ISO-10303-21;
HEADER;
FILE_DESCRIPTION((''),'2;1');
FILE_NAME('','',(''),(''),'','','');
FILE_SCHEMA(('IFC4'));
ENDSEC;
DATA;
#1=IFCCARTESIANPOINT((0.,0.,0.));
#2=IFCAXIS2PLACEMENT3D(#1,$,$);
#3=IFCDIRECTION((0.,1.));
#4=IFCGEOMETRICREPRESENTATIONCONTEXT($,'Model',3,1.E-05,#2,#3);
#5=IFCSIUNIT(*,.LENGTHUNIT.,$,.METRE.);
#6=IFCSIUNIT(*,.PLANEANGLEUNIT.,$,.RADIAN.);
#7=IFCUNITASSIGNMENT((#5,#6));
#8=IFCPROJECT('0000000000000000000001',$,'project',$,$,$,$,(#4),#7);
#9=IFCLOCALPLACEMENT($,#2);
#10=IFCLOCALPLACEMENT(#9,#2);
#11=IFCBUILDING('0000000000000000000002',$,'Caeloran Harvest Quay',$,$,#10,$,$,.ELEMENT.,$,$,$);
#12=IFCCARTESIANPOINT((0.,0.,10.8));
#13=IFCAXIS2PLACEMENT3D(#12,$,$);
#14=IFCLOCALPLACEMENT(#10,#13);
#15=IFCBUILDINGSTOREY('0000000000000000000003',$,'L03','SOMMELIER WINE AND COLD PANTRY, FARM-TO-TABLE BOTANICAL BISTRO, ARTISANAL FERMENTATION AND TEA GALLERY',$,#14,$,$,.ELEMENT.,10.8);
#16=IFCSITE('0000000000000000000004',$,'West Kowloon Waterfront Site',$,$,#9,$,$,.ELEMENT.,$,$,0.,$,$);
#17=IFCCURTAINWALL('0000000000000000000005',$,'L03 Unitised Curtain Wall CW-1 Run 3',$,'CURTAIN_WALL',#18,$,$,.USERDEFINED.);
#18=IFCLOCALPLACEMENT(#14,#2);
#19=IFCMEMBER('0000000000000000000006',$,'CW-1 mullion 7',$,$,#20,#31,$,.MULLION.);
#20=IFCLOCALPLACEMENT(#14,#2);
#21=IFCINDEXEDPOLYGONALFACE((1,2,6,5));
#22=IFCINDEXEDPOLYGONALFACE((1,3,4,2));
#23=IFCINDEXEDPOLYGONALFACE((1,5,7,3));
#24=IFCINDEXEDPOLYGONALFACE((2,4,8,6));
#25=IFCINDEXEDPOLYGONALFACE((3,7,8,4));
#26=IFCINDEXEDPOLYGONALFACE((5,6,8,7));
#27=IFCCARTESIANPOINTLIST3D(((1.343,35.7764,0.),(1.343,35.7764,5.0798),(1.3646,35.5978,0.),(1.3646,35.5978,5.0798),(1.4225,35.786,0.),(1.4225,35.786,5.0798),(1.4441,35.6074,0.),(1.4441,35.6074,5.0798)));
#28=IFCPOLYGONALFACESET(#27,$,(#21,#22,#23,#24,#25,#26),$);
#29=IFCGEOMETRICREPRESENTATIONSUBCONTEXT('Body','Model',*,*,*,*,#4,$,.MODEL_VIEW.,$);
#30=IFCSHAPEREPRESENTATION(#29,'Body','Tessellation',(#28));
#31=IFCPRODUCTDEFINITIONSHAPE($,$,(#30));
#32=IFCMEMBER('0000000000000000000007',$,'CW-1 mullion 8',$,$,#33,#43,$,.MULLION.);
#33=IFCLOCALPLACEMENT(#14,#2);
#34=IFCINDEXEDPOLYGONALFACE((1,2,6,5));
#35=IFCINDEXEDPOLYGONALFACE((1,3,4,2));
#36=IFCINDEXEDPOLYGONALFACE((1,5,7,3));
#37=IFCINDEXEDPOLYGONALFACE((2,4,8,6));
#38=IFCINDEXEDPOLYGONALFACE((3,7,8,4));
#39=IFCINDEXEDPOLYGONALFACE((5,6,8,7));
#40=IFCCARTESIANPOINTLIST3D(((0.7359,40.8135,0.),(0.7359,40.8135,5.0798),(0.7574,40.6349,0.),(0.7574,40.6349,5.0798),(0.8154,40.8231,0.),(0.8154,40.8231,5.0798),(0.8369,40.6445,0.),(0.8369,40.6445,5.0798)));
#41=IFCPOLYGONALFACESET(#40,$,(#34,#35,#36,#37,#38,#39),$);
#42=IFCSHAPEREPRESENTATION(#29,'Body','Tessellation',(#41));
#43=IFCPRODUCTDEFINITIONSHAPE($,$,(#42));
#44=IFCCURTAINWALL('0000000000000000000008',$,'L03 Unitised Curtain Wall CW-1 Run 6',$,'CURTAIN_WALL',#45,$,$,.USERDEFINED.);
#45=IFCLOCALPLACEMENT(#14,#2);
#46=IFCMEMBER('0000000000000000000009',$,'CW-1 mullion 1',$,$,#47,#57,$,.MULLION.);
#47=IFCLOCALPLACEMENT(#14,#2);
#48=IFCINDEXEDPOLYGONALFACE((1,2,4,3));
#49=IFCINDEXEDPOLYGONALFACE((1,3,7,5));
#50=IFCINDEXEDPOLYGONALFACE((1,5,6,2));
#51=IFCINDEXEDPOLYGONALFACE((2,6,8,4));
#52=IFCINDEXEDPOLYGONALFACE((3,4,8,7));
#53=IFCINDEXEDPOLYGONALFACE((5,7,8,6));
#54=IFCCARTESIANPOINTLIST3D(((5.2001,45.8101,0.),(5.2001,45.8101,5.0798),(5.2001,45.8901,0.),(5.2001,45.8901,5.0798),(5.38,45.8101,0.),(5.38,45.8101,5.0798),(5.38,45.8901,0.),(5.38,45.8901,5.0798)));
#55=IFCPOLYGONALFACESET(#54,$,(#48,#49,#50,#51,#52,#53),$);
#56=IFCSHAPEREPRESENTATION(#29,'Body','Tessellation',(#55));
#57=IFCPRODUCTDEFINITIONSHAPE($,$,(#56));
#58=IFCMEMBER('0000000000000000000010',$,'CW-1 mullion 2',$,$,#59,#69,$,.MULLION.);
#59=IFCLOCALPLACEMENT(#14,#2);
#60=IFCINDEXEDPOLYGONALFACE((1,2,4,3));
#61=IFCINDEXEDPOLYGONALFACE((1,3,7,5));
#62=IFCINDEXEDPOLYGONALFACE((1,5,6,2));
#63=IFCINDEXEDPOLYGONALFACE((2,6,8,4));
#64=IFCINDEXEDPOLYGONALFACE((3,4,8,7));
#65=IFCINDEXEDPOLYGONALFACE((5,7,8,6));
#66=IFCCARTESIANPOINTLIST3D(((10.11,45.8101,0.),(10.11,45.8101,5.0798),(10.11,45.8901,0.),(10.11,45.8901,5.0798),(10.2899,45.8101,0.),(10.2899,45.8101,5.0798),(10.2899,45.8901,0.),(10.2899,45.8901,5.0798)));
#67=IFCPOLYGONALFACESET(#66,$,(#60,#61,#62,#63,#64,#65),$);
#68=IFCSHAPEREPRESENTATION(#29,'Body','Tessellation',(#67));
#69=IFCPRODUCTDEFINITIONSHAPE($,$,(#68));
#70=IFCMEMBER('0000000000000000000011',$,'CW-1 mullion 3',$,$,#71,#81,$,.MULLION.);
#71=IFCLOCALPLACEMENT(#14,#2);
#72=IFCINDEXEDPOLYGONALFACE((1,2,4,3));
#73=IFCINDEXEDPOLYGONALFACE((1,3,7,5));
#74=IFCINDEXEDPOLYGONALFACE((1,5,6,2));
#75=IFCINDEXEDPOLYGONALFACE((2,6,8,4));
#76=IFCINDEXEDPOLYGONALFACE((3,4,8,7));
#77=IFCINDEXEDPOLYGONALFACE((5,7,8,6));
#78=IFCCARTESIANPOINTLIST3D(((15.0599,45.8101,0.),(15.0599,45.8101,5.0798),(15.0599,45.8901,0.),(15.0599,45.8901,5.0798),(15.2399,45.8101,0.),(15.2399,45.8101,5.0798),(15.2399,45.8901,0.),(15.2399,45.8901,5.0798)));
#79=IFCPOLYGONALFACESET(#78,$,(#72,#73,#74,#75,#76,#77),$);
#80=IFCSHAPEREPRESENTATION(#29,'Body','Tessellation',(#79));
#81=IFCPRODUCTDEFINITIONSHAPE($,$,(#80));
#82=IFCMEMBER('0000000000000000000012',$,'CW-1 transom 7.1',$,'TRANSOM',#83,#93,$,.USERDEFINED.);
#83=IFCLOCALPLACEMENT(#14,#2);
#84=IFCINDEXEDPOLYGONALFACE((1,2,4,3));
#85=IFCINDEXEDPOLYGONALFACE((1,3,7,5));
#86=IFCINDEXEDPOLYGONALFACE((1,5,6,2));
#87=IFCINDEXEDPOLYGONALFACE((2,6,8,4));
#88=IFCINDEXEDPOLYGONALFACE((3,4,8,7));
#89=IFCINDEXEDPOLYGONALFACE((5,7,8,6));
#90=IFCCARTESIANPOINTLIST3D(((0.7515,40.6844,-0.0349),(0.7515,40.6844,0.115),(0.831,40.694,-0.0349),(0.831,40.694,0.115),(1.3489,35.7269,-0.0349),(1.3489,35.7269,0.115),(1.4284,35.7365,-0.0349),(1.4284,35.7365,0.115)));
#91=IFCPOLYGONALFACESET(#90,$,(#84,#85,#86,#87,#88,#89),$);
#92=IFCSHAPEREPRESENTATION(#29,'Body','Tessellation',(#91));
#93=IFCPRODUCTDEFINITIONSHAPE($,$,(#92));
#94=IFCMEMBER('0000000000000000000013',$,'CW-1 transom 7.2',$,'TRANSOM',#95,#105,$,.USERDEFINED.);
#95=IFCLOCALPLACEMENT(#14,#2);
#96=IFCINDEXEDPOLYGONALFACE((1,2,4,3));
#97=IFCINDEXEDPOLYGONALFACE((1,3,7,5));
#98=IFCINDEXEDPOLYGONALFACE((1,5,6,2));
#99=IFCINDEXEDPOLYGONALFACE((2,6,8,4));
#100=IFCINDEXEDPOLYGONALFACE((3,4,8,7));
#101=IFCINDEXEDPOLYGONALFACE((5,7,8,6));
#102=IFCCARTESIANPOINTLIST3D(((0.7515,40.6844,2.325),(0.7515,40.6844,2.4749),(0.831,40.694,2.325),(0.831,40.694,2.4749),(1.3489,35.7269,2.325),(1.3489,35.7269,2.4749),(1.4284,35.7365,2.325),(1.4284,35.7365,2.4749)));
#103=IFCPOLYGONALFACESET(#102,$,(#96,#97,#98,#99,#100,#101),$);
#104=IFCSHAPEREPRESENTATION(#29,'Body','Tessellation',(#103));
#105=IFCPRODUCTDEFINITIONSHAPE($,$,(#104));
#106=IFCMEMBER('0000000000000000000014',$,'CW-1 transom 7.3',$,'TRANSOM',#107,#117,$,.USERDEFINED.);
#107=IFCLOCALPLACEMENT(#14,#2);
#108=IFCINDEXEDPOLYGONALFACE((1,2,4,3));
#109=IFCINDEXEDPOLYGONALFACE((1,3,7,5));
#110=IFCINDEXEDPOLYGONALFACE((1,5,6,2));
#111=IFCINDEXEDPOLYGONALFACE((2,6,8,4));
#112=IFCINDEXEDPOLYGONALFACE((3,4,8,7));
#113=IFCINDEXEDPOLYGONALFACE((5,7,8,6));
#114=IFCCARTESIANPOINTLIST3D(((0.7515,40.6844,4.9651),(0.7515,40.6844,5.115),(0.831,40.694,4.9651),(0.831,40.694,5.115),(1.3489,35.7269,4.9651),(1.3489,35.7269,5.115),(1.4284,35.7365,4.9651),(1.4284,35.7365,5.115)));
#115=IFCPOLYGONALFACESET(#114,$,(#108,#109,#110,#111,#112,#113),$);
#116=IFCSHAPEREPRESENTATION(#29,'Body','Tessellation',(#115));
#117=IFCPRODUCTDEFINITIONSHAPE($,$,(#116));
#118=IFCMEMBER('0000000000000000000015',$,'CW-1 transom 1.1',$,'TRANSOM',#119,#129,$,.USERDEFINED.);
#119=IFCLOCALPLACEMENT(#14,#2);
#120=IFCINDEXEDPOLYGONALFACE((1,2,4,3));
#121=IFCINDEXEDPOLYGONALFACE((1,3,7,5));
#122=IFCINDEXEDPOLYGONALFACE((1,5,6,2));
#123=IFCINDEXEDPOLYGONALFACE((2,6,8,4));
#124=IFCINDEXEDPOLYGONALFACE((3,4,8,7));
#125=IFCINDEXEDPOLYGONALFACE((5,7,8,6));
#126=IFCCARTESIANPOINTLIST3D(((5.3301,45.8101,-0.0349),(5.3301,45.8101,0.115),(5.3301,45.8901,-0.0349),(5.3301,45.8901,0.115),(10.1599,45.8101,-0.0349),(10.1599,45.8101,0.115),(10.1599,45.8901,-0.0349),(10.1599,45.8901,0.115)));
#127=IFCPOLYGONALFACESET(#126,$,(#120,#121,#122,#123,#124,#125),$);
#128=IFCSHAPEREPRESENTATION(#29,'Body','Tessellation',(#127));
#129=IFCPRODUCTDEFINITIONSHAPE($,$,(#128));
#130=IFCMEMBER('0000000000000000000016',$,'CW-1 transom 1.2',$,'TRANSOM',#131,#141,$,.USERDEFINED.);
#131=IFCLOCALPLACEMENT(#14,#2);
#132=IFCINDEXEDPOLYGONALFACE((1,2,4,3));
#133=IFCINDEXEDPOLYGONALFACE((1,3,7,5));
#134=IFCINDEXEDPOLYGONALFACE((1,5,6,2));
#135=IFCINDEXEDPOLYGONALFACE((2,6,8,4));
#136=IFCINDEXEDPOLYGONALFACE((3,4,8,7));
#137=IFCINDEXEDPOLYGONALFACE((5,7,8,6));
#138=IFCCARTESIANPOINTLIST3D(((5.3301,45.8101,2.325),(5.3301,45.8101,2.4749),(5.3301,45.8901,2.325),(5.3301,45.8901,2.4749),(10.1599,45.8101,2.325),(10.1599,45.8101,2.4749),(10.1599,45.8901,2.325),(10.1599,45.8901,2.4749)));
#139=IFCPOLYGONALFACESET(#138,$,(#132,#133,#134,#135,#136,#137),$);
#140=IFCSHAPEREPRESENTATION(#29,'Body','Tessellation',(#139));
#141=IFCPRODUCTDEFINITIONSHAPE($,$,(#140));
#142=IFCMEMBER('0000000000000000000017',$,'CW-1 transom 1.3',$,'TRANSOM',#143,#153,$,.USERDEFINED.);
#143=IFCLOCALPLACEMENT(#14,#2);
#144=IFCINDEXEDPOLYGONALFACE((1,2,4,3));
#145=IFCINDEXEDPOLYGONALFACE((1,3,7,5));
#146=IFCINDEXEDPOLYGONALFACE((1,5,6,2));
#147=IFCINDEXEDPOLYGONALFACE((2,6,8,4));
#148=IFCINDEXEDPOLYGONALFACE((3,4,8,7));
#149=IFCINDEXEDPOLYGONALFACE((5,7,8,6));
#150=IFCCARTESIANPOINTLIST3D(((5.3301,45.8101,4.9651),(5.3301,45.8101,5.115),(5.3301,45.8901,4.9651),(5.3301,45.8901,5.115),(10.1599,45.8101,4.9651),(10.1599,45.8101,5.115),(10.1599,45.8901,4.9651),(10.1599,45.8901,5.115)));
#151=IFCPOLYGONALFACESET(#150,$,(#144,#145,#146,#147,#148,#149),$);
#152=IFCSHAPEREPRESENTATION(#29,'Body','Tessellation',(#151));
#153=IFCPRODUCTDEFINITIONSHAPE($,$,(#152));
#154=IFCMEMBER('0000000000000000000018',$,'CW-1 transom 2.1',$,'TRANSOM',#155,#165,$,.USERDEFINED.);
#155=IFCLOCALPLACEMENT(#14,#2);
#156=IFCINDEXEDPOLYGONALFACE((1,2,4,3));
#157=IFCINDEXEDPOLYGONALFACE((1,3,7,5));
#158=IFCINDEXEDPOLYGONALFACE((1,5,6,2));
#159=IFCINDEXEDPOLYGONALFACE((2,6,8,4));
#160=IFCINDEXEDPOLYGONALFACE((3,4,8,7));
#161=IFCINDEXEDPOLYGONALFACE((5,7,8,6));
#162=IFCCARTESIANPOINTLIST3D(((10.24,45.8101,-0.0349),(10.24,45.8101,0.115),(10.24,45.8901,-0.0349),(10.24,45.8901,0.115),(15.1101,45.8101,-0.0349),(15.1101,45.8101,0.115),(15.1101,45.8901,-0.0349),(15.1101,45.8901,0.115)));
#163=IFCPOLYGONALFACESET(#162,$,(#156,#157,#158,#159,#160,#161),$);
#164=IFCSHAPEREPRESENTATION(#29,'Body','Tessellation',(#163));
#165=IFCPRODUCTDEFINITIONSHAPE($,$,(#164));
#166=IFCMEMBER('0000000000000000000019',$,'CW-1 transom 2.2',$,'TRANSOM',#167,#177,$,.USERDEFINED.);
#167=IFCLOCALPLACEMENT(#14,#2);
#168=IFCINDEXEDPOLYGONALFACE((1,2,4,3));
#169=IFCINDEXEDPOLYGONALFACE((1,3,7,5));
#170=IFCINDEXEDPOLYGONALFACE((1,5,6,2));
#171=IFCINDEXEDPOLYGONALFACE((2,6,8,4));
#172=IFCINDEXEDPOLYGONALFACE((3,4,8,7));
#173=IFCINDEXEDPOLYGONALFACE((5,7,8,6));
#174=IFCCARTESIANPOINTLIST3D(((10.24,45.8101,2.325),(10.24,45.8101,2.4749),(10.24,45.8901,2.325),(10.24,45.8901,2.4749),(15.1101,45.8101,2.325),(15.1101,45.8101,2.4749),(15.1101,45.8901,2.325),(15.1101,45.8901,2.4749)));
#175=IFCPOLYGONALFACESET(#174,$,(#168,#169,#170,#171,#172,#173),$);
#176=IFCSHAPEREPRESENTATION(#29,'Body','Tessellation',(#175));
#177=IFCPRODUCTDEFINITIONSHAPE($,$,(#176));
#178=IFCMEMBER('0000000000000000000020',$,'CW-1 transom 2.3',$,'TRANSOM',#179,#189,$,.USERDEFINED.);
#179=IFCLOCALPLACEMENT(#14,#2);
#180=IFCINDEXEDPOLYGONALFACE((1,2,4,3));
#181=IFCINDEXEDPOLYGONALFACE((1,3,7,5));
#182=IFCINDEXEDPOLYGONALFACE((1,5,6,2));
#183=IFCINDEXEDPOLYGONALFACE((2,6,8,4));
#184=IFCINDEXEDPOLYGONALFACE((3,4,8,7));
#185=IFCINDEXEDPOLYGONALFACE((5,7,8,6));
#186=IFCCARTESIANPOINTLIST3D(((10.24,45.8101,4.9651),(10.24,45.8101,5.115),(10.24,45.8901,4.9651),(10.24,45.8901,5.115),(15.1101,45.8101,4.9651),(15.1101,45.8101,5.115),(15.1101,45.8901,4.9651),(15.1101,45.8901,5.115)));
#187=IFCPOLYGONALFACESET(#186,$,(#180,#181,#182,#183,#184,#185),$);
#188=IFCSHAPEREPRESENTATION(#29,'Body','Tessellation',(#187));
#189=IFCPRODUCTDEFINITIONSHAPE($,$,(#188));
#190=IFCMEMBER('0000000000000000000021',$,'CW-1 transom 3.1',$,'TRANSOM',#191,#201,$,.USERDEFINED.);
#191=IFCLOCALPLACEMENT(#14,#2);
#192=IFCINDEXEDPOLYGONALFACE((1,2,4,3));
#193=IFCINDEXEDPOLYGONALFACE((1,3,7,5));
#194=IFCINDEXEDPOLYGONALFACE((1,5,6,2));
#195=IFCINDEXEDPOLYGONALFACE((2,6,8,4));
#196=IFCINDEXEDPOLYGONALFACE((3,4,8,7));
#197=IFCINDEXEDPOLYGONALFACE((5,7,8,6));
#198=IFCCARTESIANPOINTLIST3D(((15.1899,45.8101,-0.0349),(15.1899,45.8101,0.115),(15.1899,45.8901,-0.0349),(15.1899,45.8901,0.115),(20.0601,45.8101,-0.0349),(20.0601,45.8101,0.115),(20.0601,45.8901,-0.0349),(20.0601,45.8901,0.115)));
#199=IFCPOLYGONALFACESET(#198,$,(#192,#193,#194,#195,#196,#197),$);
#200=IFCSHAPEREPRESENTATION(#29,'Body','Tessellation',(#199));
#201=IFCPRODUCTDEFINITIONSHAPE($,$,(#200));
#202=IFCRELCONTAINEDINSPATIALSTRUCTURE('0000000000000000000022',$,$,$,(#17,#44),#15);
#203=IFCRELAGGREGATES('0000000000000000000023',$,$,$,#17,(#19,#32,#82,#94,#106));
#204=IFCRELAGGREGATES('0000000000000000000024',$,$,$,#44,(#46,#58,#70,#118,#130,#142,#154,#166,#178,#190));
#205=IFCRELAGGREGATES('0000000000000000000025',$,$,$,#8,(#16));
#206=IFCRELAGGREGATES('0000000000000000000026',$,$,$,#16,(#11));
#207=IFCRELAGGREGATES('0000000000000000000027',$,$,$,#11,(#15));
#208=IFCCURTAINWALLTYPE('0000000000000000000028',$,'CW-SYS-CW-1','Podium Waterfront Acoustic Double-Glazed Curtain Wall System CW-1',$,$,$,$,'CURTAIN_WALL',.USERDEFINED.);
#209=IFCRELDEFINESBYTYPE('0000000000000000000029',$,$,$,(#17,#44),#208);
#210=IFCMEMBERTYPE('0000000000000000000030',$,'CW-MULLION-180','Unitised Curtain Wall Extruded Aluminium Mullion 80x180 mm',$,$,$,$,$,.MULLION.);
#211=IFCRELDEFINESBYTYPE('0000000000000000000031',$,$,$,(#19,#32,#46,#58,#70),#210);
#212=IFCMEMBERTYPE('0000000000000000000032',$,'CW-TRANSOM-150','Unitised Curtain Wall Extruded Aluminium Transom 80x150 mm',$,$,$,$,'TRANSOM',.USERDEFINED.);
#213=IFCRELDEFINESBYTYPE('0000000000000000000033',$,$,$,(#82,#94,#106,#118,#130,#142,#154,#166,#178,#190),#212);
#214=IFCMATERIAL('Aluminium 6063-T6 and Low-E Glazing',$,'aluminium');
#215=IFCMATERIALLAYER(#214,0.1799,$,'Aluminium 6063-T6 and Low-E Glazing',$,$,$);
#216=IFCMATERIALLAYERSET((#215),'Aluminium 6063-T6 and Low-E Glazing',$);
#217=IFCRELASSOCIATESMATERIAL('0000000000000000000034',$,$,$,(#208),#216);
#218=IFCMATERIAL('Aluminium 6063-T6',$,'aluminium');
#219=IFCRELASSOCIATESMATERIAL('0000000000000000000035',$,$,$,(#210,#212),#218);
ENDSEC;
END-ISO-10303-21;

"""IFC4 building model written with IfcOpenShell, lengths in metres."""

from ifc_helpers import new_model, si_unit, direction, frame, origin, origin_2d, place, context, subcontext, project, spatial, rectangle, extrude, material, layer, layer_set, material_profile, profile_set, type_object, element, aggregate, save


model = new_model("IFC4")

# Units and contexts
model_context = context("Model", 3, precision=1e-05, world=origin(), true_north=direction((0.0, 1.0)))
body_context = subcontext(model_context, "Body", "Model", "MODEL_VIEW")
ifc_project = project(units=[si_unit("LENGTHUNIT", "METRE"), si_unit("PLANEANGLEUNIT", "RADIAN")], contexts=[model_context])

# Site, building, storey
site_placement = place(None, origin())
site = spatial("IfcSite", under=ifc_project, at=site_placement, Name="West Kowloon Waterfront Site", CompositionType="ELEMENT", RefElevation=0.0)
building_placement = place(site_placement, origin())
building = spatial("IfcBuilding", under=site, at=building_placement, Name="Caeloran Harvest Quay", CompositionType="ELEMENT")
storey_placement = place(building_placement, frame((0.0, 0.0, 10.8)))
storey = spatial("IfcBuildingStorey", under=building, at=storey_placement, Name="L03", Description="SOMMELIER WINE AND COLD PANTRY, FARM-TO-TABLE BOTANICAL BISTRO, ARTISANAL FERMENTATION AND TEA GALLERY", CompositionType="ELEMENT", Elevation=10.8)

# Curtain walls, members
ifc_material_1 = material(Name="Aluminium 6063-T6 and Low-E Glazing", Category="aluminium")
ifc_layer_1 = layer(ifc_material_1, 0.1799, Name="Aluminium 6063-T6 and Low-E Glazing")
ifc_layer_set_1 = layer_set([ifc_layer_1], Name="Aluminium 6063-T6 and Low-E Glazing")
curtain_wall_type = type_object("IfcCurtainWallType", Name="CW-SYS-CW-1", Description="Podium Waterfront Acoustic Double-Glazed Curtain Wall System CW-1", ElementType="CURTAIN_WALL", PredefinedType="USERDEFINED", material=ifc_layer_set_1)
curtain_wall_1_placement = place(storey_placement, origin())
curtain_wall_1 = element("IfcCurtainWall", 1, at=curtain_wall_1_placement, inside=storey, type_object=curtain_wall_type, Name="L03 Unitised Curtain Wall CW-1 Run 3", ObjectType="CURTAIN_WALL", PredefinedType="USERDEFINED")
ifc_material_2 = material(Name="Aluminium 6063-T6", Category="aluminium")
ifc_material_profile_1 = material_profile(ifc_material_2, rectangle(XDim=0.0801, YDim=0.1799, at=origin_2d()), Name="CW-MULLION-180")
ifc_profile_set_1 = profile_set([ifc_material_profile_1], Name="Aluminium 6063-T6")
member_type_1 = type_object("IfcMemberType", Name="CW-MULLION-180", Description="Unitised Curtain Wall Extruded Aluminium Mullion 80x180 mm", PredefinedType="MULLION", material=ifc_profile_set_1)
member_1_placement = place(storey_placement, frame((1.3936, 35.6919, 0.0), z_axis=(0.0, 0.0, 1.0), x_axis=(-0.992816, -0.119655, 0.0)))
member_1 = element("IfcMember", 2, at=member_1_placement, type_object=member_type_1, Name="CW-1 mullion 7", PredefinedType="MULLION", context=body_context, shape_type="SweptSolid", body=[
    extrude(rectangle(XDim=0.0801, YDim=0.1799, at=origin_2d()), origin(), (0.0, 0.0, 1.0), 5.0798),
])
member_2_placement = place(storey_placement, frame((0.7864, 40.729, 0.0), z_axis=(0.0, 0.0, 1.0), x_axis=(-0.992816, -0.119655, 0.0)))
member_2 = element("IfcMember", 3, at=member_2_placement, type_object=member_type_1, Name="CW-1 mullion 8", PredefinedType="MULLION", context=body_context, shape_type="SweptSolid", body=[
    extrude(rectangle(XDim=0.0801, YDim=0.1799, at=origin_2d()), origin(), (0.0, 0.0, 1.0), 5.0798),
])
curtain_wall_2_placement = place(storey_placement, origin())
curtain_wall_2 = element("IfcCurtainWall", 4, at=curtain_wall_2_placement, inside=storey, type_object=curtain_wall_type, Name="L03 Unitised Curtain Wall CW-1 Run 6", ObjectType="CURTAIN_WALL", PredefinedType="USERDEFINED")
member_3_placement = place(storey_placement, frame((5.29, 45.8501, 0.0), z_axis=(0.0, 0.0, 1.0), x_axis=(0.0, 1.0, 0.0)))
member_3 = element("IfcMember", 5, at=member_3_placement, type_object=member_type_1, Name="CW-1 mullion 1", PredefinedType="MULLION", context=body_context, shape_type="SweptSolid", body=[
    extrude(rectangle(XDim=0.0801, YDim=0.1799, at=origin_2d()), origin(), (0.0, 0.0, 1.0), 5.0798),
])
member_4_placement = place(storey_placement, frame((10.2, 45.8501, 0.0), z_axis=(0.0, 0.0, 1.0), x_axis=(0.0, 1.0, 0.0)))
member_4 = element("IfcMember", 6, at=member_4_placement, type_object=member_type_1, Name="CW-1 mullion 2", PredefinedType="MULLION", context=body_context, shape_type="SweptSolid", body=[
    extrude(rectangle(XDim=0.0801, YDim=0.1799, at=origin_2d()), origin(), (0.0, 0.0, 1.0), 5.0798),
])
member_5_placement = place(storey_placement, frame((15.1499, 45.8501, 0.0), z_axis=(0.0, 0.0, 1.0), x_axis=(0.0, 1.0, 0.0)))
member_5 = element("IfcMember", 7, at=member_5_placement, type_object=member_type_1, Name="CW-1 mullion 3", PredefinedType="MULLION", context=body_context, shape_type="SweptSolid", body=[
    extrude(rectangle(XDim=0.0801, YDim=0.1799, at=origin_2d()), origin(), (0.0, 0.0, 1.0), 5.0798),
])

# Members
ifc_material_profile_2 = material_profile(ifc_material_2, rectangle(XDim=0.0801, YDim=0.1499, at=origin_2d()), Name="CW-TRANSOM-150")
ifc_profile_set_2 = profile_set([ifc_material_profile_2], Name="Aluminium 6063-T6")
member_type_2 = type_object("IfcMemberType", Name="CW-TRANSOM-150", Description="Unitised Curtain Wall Extruded Aluminium Transom 80x150 mm", ElementType="TRANSOM", PredefinedType="USERDEFINED", material=ifc_profile_set_2)
member_6_placement = place(storey_placement, frame((1.3887, 35.7317, 0.04), z_axis=(-0.119641, 0.992817, 0.0), x_axis=(-0.992817, -0.119641, 0.0)))
member_6 = element("IfcMember", 8, at=member_6_placement, type_object=member_type_2, Name="CW-1 transom 7.1", ObjectType="TRANSOM", PredefinedType="USERDEFINED", context=body_context, shape_type="SweptSolid", body=[
    extrude(rectangle(XDim=0.0801, YDim=0.1499, at=origin_2d()), origin(), (0.0, 0.0, 1.0), 4.9934),
])
member_7_placement = place(storey_placement, frame((1.3887, 35.7317, 2.3999), z_axis=(-0.119641, 0.992817, 0.0), x_axis=(-0.992817, -0.119641, 0.0)))
member_7 = element("IfcMember", 9, at=member_7_placement, type_object=member_type_2, Name="CW-1 transom 7.2", ObjectType="TRANSOM", PredefinedType="USERDEFINED", context=body_context, shape_type="SweptSolid", body=[
    extrude(rectangle(XDim=0.0801, YDim=0.1499, at=origin_2d()), origin(), (0.0, 0.0, 1.0), 4.9934),
])
member_8_placement = place(storey_placement, frame((1.3887, 35.7317, 5.04), z_axis=(-0.119641, 0.992817, 0.0), x_axis=(-0.992817, -0.119641, 0.0)))
member_8 = element("IfcMember", 10, at=member_8_placement, type_object=member_type_2, Name="CW-1 transom 7.3", ObjectType="TRANSOM", PredefinedType="USERDEFINED", context=body_context, shape_type="SweptSolid", body=[
    extrude(rectangle(XDim=0.0801, YDim=0.1499, at=origin_2d()), origin(), (0.0, 0.0, 1.0), 4.9934),
])
member_9_placement = place(storey_placement, frame((5.3301, 45.8501, 0.04), z_axis=(1.0, 0.0, 0.0), x_axis=(0.0, 1.0, 0.0)))
member_9 = element("IfcMember", 11, at=member_9_placement, type_object=member_type_2, Name="CW-1 transom 1.1", ObjectType="TRANSOM", PredefinedType="USERDEFINED", context=body_context, shape_type="SweptSolid", body=[
    extrude(rectangle(XDim=0.0801, YDim=0.1499, at=origin_2d()), origin(), (0.0, 0.0, 1.0), 4.8298),
])
member_10_placement = place(storey_placement, frame((5.3301, 45.8501, 2.3999), z_axis=(1.0, 0.0, 0.0), x_axis=(0.0, 1.0, 0.0)))
member_10 = element("IfcMember", 12, at=member_10_placement, type_object=member_type_2, Name="CW-1 transom 1.2", ObjectType="TRANSOM", PredefinedType="USERDEFINED", context=body_context, shape_type="SweptSolid", body=[
    extrude(rectangle(XDim=0.0801, YDim=0.1499, at=origin_2d()), origin(), (0.0, 0.0, 1.0), 4.8298),
])
member_11_placement = place(storey_placement, frame((5.3301, 45.8501, 5.04), z_axis=(1.0, 0.0, 0.0), x_axis=(0.0, 1.0, 0.0)))
member_11 = element("IfcMember", 13, at=member_11_placement, type_object=member_type_2, Name="CW-1 transom 1.3", ObjectType="TRANSOM", PredefinedType="USERDEFINED", context=body_context, shape_type="SweptSolid", body=[
    extrude(rectangle(XDim=0.0801, YDim=0.1499, at=origin_2d()), origin(), (0.0, 0.0, 1.0), 4.8298),
])
member_12_placement = place(storey_placement, frame((10.24, 45.8501, 0.04), z_axis=(1.0, 0.0, 0.0), x_axis=(0.0, 1.0, 0.0)))
member_12 = element("IfcMember", 14, at=member_12_placement, type_object=member_type_2, Name="CW-1 transom 2.1", ObjectType="TRANSOM", PredefinedType="USERDEFINED", context=body_context, shape_type="SweptSolid", body=[
    extrude(rectangle(XDim=0.0801, YDim=0.1499, at=origin_2d()), origin(), (0.0, 0.0, 1.0), 4.8701),
])
member_13_placement = place(storey_placement, frame((10.24, 45.8501, 2.3999), z_axis=(1.0, 0.0, 0.0), x_axis=(0.0, 1.0, 0.0)))
member_13 = element("IfcMember", 15, at=member_13_placement, type_object=member_type_2, Name="CW-1 transom 2.2", ObjectType="TRANSOM", PredefinedType="USERDEFINED", context=body_context, shape_type="SweptSolid", body=[
    extrude(rectangle(XDim=0.0801, YDim=0.1499, at=origin_2d()), origin(), (0.0, 0.0, 1.0), 4.8701),
])
member_14_placement = place(storey_placement, frame((10.24, 45.8501, 5.04), z_axis=(1.0, 0.0, 0.0), x_axis=(0.0, 1.0, 0.0)))
member_14 = element("IfcMember", 16, at=member_14_placement, type_object=member_type_2, Name="CW-1 transom 2.3", ObjectType="TRANSOM", PredefinedType="USERDEFINED", context=body_context, shape_type="SweptSolid", body=[
    extrude(rectangle(XDim=0.0801, YDim=0.1499, at=origin_2d()), origin(), (0.0, 0.0, 1.0), 4.8701),
])
member_15_placement = place(storey_placement, frame((15.1899, 45.8501, 0.04), z_axis=(1.0, 0.0, 0.0), x_axis=(0.0, 1.0, 0.0)))
member_15 = element("IfcMember", 17, at=member_15_placement, type_object=member_type_2, Name="CW-1 transom 3.1", ObjectType="TRANSOM", PredefinedType="USERDEFINED", context=body_context, shape_type="SweptSolid", body=[
    extrude(rectangle(XDim=0.0801, YDim=0.1499, at=origin_2d()), origin(), (0.0, 0.0, 1.0), 4.8701),
])

aggregate(curtain_wall_1, [member_1, member_2, member_6, member_7, member_8])
aggregate(curtain_wall_2, [member_3, member_4, member_5, member_9, member_10, member_11, member_12, member_13, member_14, member_15])

save(model, "model.ifc")
